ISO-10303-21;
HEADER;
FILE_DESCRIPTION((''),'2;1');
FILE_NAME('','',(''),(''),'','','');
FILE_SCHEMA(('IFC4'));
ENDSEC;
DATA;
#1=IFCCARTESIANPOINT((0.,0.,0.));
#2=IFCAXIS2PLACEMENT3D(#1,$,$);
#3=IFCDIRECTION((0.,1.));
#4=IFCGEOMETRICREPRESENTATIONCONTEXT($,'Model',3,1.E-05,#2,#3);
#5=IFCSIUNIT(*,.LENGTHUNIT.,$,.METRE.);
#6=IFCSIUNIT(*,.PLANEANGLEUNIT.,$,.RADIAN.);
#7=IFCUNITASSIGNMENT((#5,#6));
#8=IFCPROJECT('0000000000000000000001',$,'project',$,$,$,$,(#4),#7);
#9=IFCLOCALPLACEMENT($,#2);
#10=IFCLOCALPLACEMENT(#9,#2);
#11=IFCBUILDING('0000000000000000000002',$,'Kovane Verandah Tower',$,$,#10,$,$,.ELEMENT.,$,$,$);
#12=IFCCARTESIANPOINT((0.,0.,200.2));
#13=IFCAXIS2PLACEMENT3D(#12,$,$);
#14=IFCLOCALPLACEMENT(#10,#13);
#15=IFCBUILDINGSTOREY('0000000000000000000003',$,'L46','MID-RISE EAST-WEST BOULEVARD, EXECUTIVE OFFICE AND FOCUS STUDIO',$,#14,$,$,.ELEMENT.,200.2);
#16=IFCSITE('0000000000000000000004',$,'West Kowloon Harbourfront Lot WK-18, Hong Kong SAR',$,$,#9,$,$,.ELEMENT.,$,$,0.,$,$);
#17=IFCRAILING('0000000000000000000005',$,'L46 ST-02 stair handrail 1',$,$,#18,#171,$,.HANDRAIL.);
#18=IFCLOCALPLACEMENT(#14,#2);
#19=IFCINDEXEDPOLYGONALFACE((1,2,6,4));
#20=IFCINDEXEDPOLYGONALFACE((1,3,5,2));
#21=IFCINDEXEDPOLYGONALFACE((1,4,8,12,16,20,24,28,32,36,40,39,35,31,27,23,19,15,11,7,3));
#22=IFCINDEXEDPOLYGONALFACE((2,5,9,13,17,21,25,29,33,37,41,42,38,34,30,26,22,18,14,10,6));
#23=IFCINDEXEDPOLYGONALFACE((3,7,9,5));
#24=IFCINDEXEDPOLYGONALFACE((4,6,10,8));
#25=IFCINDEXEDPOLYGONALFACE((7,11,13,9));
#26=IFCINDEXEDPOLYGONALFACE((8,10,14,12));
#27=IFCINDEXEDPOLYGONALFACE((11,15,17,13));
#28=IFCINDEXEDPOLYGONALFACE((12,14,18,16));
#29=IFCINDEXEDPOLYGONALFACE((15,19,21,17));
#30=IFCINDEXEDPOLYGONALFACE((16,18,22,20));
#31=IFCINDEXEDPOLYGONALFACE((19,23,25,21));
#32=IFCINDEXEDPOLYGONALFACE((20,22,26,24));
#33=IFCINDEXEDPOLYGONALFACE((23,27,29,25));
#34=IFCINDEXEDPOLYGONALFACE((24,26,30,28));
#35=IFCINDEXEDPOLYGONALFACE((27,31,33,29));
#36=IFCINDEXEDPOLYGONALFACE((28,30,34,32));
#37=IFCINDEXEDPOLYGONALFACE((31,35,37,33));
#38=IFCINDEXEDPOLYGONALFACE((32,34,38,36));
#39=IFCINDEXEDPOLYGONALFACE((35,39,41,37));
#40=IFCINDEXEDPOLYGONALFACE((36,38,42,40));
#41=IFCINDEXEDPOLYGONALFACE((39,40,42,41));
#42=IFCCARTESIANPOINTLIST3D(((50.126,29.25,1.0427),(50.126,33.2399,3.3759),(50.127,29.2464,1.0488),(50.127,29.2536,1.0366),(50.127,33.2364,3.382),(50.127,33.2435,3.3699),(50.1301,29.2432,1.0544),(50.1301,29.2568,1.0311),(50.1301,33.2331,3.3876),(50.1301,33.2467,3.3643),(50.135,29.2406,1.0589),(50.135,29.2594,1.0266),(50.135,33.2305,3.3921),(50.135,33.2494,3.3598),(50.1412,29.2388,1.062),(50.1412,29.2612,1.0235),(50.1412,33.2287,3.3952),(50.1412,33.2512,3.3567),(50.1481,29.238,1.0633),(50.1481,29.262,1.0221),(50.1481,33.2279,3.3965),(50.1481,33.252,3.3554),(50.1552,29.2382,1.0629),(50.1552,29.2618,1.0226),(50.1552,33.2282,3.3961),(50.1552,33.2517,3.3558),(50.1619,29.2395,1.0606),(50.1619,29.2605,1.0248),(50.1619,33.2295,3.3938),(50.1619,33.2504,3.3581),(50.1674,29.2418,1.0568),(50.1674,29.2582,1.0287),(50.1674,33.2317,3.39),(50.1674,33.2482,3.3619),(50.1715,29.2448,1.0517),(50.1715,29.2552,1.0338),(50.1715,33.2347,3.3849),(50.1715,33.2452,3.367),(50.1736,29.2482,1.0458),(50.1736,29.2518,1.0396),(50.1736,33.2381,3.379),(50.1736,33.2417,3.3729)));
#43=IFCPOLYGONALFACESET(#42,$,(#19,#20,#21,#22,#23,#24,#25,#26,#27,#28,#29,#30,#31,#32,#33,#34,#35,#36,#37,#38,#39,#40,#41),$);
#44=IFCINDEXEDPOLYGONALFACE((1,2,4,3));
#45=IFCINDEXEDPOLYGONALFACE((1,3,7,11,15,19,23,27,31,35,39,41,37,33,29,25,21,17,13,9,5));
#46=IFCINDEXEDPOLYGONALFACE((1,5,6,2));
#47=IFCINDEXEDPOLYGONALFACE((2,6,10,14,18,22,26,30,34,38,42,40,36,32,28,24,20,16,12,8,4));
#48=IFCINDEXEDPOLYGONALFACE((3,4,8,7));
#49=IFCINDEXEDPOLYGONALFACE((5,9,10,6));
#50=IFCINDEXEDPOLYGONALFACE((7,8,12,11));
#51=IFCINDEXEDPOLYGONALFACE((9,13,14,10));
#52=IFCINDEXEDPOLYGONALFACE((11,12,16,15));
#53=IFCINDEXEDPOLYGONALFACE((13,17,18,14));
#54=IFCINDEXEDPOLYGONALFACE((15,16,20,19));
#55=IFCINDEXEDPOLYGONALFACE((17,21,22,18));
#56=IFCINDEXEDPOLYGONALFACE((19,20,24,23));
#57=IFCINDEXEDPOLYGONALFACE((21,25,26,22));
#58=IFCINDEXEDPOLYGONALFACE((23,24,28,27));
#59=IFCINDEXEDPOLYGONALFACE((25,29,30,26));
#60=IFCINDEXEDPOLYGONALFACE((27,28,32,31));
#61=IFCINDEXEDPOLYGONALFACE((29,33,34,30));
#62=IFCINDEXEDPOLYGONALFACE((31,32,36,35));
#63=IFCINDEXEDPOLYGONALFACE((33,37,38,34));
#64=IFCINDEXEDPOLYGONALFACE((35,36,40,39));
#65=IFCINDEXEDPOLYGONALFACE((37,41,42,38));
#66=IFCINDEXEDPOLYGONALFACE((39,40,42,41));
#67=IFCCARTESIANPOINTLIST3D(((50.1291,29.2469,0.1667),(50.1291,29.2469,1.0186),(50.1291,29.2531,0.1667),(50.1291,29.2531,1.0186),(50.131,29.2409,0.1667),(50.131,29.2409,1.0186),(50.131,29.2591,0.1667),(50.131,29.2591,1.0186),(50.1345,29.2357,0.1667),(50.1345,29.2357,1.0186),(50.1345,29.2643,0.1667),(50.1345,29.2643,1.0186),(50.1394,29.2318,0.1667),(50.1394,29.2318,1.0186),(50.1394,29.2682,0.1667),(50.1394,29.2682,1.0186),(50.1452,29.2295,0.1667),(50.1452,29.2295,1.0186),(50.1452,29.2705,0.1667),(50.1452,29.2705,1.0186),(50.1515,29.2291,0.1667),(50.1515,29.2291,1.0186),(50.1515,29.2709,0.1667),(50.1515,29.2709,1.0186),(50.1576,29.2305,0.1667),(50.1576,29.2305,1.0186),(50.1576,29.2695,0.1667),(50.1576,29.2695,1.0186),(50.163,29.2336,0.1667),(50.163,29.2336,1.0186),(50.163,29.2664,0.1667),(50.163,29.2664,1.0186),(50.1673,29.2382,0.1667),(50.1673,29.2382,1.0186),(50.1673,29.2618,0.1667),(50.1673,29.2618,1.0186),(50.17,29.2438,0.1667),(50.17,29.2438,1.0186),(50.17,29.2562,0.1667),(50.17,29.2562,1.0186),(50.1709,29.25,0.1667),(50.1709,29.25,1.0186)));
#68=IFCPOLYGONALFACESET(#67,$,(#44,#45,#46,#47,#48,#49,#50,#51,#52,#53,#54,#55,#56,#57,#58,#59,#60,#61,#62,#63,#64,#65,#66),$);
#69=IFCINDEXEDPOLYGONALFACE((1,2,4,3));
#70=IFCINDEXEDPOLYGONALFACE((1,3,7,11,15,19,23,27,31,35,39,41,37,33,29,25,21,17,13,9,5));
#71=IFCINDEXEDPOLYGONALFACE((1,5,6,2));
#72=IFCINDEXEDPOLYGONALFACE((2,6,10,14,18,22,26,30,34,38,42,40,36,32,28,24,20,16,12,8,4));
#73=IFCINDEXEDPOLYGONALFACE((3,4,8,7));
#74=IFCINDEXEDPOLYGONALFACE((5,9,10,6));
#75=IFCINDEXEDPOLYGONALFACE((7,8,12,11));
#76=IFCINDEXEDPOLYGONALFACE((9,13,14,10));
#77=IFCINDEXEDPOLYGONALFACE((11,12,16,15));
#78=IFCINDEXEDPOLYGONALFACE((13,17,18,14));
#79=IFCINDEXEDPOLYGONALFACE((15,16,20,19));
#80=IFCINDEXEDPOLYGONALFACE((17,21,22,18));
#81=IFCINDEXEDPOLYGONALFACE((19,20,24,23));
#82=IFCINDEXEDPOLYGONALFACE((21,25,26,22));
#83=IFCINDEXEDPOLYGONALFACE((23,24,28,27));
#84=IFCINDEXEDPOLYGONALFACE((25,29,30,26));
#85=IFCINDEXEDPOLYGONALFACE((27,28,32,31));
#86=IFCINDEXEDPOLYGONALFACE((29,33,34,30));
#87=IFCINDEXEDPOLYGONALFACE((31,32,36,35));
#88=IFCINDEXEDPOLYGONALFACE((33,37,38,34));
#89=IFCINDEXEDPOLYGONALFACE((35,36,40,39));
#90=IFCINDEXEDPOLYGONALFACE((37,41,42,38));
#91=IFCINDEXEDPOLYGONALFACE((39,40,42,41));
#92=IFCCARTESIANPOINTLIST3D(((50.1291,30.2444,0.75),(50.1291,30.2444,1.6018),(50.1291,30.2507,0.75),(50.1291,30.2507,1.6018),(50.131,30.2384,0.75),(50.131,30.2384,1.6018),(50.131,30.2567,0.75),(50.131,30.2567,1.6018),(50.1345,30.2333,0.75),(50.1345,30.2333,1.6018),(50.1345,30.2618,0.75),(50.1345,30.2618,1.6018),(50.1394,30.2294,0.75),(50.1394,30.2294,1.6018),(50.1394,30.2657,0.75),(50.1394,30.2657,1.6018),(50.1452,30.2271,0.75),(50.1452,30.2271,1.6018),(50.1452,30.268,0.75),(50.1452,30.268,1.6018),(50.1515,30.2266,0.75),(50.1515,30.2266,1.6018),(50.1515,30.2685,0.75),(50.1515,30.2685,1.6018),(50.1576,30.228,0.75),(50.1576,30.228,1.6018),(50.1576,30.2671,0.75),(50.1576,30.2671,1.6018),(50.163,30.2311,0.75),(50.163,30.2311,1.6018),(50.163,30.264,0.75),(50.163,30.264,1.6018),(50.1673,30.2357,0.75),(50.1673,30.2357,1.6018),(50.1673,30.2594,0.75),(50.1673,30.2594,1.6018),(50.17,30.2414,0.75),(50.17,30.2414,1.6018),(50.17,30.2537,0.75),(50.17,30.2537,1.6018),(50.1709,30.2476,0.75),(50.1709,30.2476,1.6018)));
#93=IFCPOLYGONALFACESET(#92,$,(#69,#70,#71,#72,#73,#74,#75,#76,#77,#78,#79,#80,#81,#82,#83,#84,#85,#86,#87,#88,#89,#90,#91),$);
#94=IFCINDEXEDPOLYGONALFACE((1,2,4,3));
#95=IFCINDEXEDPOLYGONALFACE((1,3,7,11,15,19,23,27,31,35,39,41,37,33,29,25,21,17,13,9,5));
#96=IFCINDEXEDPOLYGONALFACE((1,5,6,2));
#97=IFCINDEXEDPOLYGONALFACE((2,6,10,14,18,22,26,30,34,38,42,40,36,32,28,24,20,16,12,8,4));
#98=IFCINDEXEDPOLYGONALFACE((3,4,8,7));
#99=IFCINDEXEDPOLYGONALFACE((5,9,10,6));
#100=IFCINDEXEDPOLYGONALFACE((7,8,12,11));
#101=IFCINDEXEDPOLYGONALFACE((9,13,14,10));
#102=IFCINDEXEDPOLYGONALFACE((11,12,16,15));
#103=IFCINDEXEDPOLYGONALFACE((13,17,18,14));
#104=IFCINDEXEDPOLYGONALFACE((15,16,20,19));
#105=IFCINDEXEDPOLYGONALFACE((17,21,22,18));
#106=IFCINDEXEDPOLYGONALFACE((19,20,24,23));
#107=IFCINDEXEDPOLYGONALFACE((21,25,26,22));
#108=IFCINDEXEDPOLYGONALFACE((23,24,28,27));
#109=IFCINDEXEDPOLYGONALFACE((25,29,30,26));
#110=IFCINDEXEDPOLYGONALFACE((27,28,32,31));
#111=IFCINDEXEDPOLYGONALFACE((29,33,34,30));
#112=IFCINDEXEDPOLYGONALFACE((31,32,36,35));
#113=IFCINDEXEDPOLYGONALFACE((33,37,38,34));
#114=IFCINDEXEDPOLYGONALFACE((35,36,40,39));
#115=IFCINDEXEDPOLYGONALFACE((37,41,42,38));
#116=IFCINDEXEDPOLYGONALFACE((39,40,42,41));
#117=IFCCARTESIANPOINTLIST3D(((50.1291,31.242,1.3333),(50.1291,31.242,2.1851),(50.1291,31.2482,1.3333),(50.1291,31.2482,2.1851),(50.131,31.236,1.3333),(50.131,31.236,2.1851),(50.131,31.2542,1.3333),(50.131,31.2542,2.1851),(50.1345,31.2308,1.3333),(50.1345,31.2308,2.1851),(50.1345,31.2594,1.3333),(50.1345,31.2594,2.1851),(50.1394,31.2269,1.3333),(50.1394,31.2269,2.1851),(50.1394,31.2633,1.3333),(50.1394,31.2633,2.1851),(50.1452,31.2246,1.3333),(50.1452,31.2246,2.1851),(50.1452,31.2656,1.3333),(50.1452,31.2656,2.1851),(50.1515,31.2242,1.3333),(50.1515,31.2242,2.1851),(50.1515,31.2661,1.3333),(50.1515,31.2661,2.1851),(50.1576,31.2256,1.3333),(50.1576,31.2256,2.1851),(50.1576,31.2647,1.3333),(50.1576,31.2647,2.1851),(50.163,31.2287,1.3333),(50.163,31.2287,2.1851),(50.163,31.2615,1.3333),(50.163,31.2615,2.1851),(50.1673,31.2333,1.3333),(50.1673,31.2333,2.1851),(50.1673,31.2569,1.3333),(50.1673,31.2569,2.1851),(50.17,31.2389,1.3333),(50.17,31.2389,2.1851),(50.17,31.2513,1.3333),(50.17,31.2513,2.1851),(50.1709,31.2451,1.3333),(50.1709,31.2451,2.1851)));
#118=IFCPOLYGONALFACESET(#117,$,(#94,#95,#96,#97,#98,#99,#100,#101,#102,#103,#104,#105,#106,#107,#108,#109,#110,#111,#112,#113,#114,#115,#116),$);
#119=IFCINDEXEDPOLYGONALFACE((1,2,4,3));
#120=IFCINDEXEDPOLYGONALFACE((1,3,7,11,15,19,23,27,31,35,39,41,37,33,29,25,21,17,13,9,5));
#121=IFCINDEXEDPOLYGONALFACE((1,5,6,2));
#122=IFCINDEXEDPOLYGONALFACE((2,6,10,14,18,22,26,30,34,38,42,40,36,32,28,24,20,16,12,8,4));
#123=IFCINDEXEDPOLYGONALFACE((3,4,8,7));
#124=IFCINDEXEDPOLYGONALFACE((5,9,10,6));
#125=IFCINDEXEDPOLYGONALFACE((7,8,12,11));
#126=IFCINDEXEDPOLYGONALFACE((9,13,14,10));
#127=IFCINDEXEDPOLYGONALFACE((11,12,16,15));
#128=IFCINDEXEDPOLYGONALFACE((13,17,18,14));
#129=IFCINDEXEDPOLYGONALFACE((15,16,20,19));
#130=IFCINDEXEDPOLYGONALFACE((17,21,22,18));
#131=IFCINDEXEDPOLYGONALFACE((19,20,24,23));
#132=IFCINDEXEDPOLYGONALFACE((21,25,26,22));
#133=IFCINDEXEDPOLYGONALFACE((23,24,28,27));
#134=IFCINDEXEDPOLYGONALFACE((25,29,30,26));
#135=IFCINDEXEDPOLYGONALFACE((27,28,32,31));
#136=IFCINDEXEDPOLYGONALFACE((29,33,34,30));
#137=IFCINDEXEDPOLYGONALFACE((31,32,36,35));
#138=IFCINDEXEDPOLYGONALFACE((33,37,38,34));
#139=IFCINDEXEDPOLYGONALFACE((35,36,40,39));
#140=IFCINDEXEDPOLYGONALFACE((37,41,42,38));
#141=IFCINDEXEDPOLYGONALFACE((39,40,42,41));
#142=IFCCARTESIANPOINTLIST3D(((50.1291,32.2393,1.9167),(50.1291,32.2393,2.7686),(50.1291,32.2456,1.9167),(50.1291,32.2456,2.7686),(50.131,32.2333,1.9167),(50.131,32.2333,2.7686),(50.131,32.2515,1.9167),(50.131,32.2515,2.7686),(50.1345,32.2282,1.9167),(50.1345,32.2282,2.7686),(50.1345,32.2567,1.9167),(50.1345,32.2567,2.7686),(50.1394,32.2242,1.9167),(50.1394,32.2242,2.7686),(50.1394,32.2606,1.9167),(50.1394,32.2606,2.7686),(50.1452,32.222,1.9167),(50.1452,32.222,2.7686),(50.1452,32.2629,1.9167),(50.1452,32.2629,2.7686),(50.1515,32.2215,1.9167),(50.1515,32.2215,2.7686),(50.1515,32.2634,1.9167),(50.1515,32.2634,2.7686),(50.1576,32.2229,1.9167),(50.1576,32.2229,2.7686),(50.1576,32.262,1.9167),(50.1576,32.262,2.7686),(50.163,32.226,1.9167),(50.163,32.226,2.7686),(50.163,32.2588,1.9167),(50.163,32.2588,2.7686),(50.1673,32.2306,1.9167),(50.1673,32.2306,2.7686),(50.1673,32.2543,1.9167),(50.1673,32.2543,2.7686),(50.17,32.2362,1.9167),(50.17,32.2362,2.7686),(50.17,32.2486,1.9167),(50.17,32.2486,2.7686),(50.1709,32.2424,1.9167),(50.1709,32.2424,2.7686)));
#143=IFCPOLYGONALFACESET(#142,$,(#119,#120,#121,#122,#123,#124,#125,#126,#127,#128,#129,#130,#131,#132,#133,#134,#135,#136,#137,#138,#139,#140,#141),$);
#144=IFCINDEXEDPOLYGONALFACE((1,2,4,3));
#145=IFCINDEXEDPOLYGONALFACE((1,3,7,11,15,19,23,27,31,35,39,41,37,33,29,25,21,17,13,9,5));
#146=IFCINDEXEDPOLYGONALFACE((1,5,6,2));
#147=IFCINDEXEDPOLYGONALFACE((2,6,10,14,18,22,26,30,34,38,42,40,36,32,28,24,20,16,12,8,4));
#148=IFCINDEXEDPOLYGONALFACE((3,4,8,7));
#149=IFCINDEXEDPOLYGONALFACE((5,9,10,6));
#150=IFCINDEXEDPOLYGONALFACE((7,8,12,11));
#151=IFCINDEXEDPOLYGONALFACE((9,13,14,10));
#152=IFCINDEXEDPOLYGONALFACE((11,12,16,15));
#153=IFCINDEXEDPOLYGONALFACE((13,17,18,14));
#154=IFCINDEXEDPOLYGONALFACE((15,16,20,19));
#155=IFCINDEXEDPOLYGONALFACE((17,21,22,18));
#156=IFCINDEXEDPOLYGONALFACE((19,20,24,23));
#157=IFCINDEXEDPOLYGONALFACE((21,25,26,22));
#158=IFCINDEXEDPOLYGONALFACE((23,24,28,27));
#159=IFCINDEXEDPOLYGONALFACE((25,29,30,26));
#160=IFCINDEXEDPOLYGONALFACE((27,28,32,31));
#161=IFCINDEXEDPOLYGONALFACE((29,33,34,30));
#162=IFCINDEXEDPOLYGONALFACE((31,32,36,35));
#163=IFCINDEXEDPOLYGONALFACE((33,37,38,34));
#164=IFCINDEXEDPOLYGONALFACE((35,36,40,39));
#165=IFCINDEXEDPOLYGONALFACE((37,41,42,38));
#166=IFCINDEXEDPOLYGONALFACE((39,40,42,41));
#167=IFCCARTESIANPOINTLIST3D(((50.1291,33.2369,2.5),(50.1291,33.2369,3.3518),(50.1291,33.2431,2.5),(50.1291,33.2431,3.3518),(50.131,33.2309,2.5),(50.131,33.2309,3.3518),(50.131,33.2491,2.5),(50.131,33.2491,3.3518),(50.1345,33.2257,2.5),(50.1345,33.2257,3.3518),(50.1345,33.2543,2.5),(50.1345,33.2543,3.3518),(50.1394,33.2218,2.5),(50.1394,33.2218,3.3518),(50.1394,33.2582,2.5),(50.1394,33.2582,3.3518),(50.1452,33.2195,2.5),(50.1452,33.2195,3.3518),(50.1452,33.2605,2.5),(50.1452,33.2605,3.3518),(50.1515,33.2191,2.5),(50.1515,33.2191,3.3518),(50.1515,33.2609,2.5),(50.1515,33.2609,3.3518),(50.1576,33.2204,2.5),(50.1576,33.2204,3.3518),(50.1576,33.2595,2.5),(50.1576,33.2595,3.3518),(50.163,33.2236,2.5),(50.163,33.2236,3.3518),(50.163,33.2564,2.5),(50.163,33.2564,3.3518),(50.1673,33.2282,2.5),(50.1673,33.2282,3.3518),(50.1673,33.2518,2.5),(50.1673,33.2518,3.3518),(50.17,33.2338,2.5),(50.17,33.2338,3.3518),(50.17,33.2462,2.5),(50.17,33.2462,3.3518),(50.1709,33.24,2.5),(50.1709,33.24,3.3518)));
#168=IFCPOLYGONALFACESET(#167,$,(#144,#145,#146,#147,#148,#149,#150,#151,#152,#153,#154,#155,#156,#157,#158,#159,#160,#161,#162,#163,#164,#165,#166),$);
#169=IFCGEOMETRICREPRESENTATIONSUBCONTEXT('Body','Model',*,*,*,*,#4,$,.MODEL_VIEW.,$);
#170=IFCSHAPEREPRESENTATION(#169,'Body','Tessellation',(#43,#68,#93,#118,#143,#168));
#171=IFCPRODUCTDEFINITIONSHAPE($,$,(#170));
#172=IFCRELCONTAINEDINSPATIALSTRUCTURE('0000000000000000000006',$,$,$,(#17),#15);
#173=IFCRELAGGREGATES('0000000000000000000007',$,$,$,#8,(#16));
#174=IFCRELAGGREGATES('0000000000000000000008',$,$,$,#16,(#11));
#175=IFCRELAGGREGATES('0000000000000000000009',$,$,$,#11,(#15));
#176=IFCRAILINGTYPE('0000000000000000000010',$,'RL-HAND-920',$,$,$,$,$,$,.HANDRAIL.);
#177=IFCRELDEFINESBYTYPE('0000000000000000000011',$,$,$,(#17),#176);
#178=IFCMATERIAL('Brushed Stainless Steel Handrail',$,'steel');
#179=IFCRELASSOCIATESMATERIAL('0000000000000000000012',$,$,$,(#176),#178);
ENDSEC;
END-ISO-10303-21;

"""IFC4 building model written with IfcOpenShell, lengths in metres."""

from ifc_helpers import new_model, si_unit, direction, frame, origin, origin_2d, place, context, subcontext, project, spatial, circle, extrude, material, type_object, element, save


model = new_model("IFC4")

# Units and contexts
model_context = context("Model", 3, precision=1e-05, world=origin(), true_north=direction((0.0, 1.0)))
body_context = subcontext(model_context, "Body", "Model", "MODEL_VIEW")
ifc_project = project(units=[si_unit("LENGTHUNIT", "METRE"), si_unit("PLANEANGLEUNIT", "RADIAN")], contexts=[model_context])

# Site, building, storey
site_placement = place(None, origin())
site = spatial("IfcSite", under=ifc_project, at=site_placement, Name="West Kowloon Harbourfront Lot WK-18, Hong Kong SAR", CompositionType="ELEMENT", RefElevation=0.0)
building_placement = place(site_placement, origin())
building = spatial("IfcBuilding", under=site, at=building_placement, Name="Kovane Verandah Tower", CompositionType="ELEMENT")
storey_placement = place(building_placement, frame((0.0, 0.0, 200.2)))
storey = spatial("IfcBuildingStorey", under=building, at=storey_placement, Name="L46", Description="MID-RISE EAST-WEST BOULEVARD, EXECUTIVE OFFICE AND FOCUS STUDIO", CompositionType="ELEMENT", Elevation=200.2)

# Railing
ifc_material_1 = material(Name="Brushed Stainless Steel Handrail", Category="steel")
railing_type_1 = type_object("IfcRailingType", Name="RL-HAND-920", PredefinedType="HANDRAIL", material=ifc_material_1)
railing_1_placement = place(storey_placement, frame((50.1499, 29.25, 0.1667)))
element("IfcRailing", 1, at=railing_1_placement, inside=storey, type_object=railing_type_1, Name="L46 ST-02 stair handrail 1", PredefinedType="HANDRAIL", context=body_context, shape_type="SweptSolid", body=[
    extrude(circle(Radius=0.0239, at=origin_2d()), frame((0.0, 0.0, 0.876), z_axis=(0.0, 0.863236, 0.5048), x_axis=(-1.0, 0.0, 0.0)), (0.0, 0.0, 1.0), 4.6221),
    extrude(circle(Radius=0.021, at=origin_2d()), origin(), (0.0, 0.0, 1.0), 0.8518),
    extrude(circle(Radius=0.021, at=origin_2d()), frame((0.0, 0.9976, 0.5833)), (0.0, 0.0, 1.0), 0.8518),
    extrude(circle(Radius=0.021, at=origin_2d()), frame((0.0, 1.9951, 1.1665)), (0.0, 0.0, 1.0), 0.8518),
    extrude(circle(Radius=0.021, at=origin_2d()), frame((0.0, 2.9924, 1.75)), (0.0, 0.0, 1.0), 0.8518),
    extrude(circle(Radius=0.021, at=origin_2d()), frame((0.0, 3.99, 2.3333)), (0.0, 0.0, 1.0), 0.8518),
])

save(model, "model.ifc")
